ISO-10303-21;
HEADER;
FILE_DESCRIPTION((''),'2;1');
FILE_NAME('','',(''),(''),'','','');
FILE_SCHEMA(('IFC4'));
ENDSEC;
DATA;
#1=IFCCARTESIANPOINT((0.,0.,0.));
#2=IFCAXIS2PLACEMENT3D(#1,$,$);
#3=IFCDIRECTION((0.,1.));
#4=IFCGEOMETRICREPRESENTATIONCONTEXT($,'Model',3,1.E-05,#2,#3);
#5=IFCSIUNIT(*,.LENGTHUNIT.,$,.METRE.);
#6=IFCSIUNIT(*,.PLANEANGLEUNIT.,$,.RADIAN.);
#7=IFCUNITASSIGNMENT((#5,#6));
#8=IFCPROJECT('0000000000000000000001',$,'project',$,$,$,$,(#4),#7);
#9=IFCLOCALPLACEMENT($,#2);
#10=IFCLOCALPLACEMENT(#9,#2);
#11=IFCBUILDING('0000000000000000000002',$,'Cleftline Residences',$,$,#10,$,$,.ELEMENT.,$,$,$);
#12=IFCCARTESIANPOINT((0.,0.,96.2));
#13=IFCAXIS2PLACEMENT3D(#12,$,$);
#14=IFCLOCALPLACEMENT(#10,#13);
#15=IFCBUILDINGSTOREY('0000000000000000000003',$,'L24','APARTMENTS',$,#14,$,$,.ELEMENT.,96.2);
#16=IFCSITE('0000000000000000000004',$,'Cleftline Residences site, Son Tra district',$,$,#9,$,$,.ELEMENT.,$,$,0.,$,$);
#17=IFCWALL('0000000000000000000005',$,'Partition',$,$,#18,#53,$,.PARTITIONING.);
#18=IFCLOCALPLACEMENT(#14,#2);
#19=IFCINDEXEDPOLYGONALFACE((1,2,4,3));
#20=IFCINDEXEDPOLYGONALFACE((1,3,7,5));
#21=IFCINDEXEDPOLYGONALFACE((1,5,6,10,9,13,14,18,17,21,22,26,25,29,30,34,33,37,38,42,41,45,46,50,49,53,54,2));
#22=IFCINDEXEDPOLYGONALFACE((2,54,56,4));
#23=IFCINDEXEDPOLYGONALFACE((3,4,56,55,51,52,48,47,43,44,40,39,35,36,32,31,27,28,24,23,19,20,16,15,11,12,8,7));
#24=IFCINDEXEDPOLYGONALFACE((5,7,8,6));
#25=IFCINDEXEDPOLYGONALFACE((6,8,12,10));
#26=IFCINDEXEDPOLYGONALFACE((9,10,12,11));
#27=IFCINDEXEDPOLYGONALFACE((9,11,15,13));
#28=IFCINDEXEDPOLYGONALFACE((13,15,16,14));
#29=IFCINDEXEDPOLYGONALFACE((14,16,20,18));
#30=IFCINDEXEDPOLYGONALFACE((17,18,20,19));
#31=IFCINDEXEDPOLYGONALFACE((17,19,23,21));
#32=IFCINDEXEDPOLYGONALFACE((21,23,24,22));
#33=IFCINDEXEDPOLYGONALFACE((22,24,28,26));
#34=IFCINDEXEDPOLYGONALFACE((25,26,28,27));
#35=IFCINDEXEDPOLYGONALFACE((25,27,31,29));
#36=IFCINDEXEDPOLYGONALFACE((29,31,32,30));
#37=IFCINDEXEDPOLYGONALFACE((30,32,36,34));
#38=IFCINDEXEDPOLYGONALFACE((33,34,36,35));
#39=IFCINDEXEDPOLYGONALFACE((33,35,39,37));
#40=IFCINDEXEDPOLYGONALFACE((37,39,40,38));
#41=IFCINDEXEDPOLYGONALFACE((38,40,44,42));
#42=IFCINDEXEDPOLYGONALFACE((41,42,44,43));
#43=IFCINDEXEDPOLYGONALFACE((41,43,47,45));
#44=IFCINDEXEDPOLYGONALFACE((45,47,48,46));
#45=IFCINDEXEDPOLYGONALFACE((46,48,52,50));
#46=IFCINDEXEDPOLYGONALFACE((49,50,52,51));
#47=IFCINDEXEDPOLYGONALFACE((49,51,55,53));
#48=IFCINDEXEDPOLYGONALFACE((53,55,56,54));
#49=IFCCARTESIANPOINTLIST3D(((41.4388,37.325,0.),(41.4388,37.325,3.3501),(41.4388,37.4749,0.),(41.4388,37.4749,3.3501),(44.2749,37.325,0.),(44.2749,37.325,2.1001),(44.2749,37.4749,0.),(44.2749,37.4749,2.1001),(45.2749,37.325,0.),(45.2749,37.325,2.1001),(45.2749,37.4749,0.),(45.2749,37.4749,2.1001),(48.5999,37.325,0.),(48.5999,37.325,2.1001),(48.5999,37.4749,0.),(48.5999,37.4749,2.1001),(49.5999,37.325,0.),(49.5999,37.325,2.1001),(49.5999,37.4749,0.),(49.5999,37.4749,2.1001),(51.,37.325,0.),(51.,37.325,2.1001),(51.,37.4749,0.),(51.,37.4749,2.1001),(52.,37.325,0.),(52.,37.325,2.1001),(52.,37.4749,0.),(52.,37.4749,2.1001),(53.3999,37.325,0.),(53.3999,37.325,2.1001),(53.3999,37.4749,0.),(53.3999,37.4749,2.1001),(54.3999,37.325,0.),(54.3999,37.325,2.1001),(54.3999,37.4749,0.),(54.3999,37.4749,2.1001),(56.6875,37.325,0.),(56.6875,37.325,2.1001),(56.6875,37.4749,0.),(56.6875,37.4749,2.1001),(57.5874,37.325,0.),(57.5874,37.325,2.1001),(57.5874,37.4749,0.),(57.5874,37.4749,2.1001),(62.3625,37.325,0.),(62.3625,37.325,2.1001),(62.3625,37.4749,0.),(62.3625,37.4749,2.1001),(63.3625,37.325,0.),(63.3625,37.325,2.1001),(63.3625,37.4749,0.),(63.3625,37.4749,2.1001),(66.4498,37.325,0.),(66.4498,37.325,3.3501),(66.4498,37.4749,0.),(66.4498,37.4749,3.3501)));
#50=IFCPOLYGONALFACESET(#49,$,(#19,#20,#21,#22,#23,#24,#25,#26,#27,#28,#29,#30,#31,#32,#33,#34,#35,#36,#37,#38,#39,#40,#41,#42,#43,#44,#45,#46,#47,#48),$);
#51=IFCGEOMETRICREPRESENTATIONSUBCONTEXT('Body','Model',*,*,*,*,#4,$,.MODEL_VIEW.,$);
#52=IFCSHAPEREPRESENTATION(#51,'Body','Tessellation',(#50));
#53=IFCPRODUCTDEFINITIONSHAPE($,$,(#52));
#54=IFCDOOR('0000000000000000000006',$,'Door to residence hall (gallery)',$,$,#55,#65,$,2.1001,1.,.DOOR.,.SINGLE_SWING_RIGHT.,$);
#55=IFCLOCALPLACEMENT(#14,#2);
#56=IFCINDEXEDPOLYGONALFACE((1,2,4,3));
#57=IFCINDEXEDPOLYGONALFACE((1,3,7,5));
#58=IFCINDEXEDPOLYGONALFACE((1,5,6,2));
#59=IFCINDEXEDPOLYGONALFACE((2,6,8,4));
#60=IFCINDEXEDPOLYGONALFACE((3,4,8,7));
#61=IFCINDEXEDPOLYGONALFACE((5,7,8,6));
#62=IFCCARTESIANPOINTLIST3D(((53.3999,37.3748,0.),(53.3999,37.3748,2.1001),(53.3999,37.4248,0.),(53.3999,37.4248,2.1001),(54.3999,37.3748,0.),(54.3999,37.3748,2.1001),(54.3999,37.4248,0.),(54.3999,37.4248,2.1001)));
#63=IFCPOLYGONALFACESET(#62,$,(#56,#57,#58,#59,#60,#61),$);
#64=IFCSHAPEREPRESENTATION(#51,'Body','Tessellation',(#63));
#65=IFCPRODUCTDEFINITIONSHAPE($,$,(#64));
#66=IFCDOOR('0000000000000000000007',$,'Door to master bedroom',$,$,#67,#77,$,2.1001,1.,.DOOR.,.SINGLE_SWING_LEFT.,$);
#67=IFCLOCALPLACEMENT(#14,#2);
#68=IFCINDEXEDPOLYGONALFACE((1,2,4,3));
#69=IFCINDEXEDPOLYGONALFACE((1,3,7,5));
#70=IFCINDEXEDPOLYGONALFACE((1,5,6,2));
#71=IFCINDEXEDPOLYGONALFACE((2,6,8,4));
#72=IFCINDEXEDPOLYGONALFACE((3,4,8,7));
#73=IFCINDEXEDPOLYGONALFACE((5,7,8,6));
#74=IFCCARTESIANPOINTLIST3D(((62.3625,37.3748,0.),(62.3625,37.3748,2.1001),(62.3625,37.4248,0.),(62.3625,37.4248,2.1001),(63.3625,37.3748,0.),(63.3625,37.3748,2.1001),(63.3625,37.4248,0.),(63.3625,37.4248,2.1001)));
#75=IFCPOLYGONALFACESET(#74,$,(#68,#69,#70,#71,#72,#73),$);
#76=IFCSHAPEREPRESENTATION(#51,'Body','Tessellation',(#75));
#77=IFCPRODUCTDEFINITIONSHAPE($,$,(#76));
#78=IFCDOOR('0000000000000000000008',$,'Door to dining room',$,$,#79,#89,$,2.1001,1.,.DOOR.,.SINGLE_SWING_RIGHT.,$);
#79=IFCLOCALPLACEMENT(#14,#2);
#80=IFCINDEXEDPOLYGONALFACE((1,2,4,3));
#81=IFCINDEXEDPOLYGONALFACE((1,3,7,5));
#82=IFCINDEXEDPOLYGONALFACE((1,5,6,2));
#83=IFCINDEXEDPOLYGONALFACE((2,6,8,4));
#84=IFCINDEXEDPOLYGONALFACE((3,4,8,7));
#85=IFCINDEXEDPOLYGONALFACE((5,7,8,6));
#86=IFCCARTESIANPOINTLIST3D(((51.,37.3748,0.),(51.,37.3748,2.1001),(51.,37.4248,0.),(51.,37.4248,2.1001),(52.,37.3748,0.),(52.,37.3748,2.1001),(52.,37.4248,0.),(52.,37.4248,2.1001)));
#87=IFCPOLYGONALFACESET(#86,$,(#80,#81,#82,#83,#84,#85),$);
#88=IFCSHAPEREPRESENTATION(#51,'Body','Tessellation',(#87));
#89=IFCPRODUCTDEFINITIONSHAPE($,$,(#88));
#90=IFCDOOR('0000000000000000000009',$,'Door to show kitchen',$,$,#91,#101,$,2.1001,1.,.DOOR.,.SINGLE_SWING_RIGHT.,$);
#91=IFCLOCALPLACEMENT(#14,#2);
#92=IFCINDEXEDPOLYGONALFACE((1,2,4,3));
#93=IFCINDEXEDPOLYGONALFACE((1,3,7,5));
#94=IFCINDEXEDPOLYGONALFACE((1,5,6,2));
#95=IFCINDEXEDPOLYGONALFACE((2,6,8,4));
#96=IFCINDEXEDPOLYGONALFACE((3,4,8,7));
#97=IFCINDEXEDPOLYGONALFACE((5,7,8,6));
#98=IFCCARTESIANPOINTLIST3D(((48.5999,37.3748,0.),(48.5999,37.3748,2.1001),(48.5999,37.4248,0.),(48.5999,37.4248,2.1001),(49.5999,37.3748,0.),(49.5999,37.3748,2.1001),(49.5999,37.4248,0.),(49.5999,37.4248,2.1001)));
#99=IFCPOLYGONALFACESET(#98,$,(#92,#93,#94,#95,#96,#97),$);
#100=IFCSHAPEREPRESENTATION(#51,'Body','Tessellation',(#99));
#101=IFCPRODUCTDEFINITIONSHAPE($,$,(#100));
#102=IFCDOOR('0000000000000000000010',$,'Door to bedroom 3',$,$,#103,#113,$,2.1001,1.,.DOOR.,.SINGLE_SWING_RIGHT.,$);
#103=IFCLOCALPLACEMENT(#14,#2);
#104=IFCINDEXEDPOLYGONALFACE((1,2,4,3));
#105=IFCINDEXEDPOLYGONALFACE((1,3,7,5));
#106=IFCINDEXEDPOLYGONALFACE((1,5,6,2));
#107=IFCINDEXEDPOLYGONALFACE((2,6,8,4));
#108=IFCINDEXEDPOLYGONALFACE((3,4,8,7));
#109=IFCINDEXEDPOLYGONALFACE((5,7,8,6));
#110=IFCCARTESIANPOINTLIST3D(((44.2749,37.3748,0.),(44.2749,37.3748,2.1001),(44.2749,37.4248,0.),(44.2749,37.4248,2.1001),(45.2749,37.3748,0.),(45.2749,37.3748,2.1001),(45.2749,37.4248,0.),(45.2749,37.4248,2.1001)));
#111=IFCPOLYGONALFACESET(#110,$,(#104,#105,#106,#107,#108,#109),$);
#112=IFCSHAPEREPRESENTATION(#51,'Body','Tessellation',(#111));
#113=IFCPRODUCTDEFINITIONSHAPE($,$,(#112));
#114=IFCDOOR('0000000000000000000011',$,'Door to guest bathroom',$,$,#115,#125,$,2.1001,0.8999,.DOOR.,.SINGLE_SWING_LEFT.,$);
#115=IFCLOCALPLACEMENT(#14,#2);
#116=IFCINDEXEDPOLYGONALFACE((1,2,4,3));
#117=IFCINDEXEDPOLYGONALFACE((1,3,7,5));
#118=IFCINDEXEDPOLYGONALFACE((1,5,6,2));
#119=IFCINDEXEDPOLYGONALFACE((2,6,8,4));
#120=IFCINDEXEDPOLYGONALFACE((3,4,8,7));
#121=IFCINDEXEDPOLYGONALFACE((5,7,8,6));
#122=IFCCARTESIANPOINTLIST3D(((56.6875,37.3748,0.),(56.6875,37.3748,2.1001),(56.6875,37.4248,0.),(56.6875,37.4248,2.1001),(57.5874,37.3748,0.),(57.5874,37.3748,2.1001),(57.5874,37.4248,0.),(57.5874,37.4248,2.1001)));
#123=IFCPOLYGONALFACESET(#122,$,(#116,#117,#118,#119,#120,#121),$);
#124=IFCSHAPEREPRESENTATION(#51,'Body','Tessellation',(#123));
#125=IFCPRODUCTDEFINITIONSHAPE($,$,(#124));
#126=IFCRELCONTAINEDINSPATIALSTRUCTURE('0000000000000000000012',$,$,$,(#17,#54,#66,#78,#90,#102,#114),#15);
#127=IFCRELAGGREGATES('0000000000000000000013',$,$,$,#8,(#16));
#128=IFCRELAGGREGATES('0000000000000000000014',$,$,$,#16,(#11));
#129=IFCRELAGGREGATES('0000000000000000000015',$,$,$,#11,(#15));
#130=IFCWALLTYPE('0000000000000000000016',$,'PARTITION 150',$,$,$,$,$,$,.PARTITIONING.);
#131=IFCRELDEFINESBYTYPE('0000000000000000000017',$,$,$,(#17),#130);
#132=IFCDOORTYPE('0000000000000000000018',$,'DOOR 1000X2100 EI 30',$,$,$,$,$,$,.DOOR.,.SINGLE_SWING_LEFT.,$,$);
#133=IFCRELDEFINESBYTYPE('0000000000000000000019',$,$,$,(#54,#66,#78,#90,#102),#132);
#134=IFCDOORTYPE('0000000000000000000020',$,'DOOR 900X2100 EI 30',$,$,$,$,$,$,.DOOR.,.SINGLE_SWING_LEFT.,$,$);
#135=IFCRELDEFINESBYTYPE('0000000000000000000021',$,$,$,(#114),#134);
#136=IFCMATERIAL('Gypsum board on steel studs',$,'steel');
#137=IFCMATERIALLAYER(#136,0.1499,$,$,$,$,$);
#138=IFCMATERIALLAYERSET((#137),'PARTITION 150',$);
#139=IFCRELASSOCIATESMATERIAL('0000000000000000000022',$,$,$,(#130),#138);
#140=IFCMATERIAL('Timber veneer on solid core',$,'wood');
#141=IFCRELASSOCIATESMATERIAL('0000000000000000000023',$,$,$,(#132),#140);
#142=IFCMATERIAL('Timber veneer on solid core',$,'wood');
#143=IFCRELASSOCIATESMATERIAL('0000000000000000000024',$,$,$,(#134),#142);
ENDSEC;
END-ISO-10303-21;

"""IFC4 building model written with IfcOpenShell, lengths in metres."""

from ifc_helpers import new_model, si_unit, direction, frame, frame_2d, origin, place, context, subcontext, project, spatial, rectangle, extrude, material, layer, layer_set, type_object, element, fill, save


model = new_model("IFC4")

# Units and contexts
model_context = context("Model", 3, precision=1e-05, world=origin(), true_north=direction((0.0, 1.0)))
body_context = subcontext(model_context, "Body", "Model", "MODEL_VIEW")
ifc_project = project(units=[si_unit("LENGTHUNIT", "METRE"), si_unit("PLANEANGLEUNIT", "RADIAN")], contexts=[model_context])

# Site, building, storey
site_placement = place(None, origin())
site = spatial("IfcSite", under=ifc_project, at=site_placement, Name="Cleftline Residences site, Son Tra district", CompositionType="ELEMENT", RefElevation=0.0)
building_placement = place(site_placement, origin())
building = spatial("IfcBuilding", under=site, at=building_placement, Name="Cleftline Residences", CompositionType="ELEMENT")
storey_placement = place(building_placement, frame((0.0, 0.0, 96.2)))
storey = spatial("IfcBuildingStorey", under=building, at=storey_placement, Name="L24", Description="APARTMENTS", CompositionType="ELEMENT", Elevation=96.2)

# Wall, openings, doors
ifc_material_1 = material(Name="Gypsum board on steel studs", Category="steel")
ifc_layer_1 = layer(ifc_material_1, 0.1499)
ifc_layer_set_1 = layer_set([ifc_layer_1], Name="PARTITION 150")
wall_type = type_object("IfcWallType", Name="PARTITION 150", PredefinedType="PARTITIONING", material=ifc_layer_set_1)
wall_1_placement = place(storey_placement, frame((41.439, 37.3999, 0.0), z_axis=(0.0, 0.0, 1.0), x_axis=(1.0, 0.0, 0.0)))
wall_1 = element("IfcWall", 1, at=wall_1_placement, inside=storey, type_object=wall_type, Name="Partition", PredefinedType="PARTITIONING", context=body_context, shape_type="SweptSolid", body=[
    extrude(rectangle(XDim=25.011, YDim=0.1499, at=frame_2d((12.5054, 0.0))), origin(), (0.0, 0.0, 1.0), 3.3501),
])
opening_1_placement = place(wall_1_placement, frame((11.9609, 0.0, 0.0)))
opening_1 = element("IfcOpeningElement", 2, at=opening_1_placement, cuts=wall_1, PredefinedType="OPENING", context=body_context, shape_type="SweptSolid", body=[
    extrude(rectangle(XDim=1.0, YDim=2.1001, at=frame_2d((0.5, 1.05))), frame((0.0, 0.085, 0.0), z_axis=(0.0, -1.0, 0.0), x_axis=(1.0, 0.0, 0.0)), (0.0, 0.0, 1.0), 0.1699),
])
opening_2_placement = place(wall_1_placement, frame((20.9236, 0.0, 0.0)))
opening_2 = element("IfcOpeningElement", 3, at=opening_2_placement, cuts=wall_1, PredefinedType="OPENING", context=body_context, shape_type="SweptSolid", body=[
    extrude(rectangle(XDim=1.0, YDim=2.1001, at=frame_2d((0.5, 1.05))), frame((0.0, 0.085, 0.0), z_axis=(0.0, -1.0, 0.0), x_axis=(1.0, 0.0, 0.0)), (0.0, 0.0, 1.0), 0.1699),
])
opening_3_placement = place(wall_1_placement, frame((15.2485, 0.0, 0.0)))
opening_3 = element("IfcOpeningElement", 4, at=opening_3_placement, cuts=wall_1, PredefinedType="OPENING", context=body_context, shape_type="SweptSolid", body=[
    extrude(rectangle(XDim=0.8999, YDim=2.1001, at=frame_2d((0.45, 1.05))), frame((0.0, 0.085, 0.0), z_axis=(0.0, -1.0, 0.0), x_axis=(1.0, 0.0, 0.0)), (0.0, 0.0, 1.0), 0.1699),
])
opening_4_placement = place(wall_1_placement, frame((9.561, 0.0, 0.0)))
opening_4 = element("IfcOpeningElement", 5, at=opening_4_placement, cuts=wall_1, PredefinedType="OPENING", context=body_context, shape_type="SweptSolid", body=[
    extrude(rectangle(XDim=1.0, YDim=2.1001, at=frame_2d((0.5, 1.05))), frame((0.0, 0.085, 0.0), z_axis=(0.0, -1.0, 0.0), x_axis=(1.0, 0.0, 0.0)), (0.0, 0.0, 1.0), 0.1699),
])
opening_5_placement = place(wall_1_placement, frame((7.1609, 0.0, 0.0)))
opening_5 = element("IfcOpeningElement", 6, at=opening_5_placement, cuts=wall_1, PredefinedType="OPENING", context=body_context, shape_type="SweptSolid", body=[
    extrude(rectangle(XDim=1.0, YDim=2.1001, at=frame_2d((0.5, 1.05))), frame((0.0, 0.085, 0.0), z_axis=(0.0, -1.0, 0.0), x_axis=(1.0, 0.0, 0.0)), (0.0, 0.0, 1.0), 0.1699),
])
opening_6_placement = place(wall_1_placement, frame((2.8359, 0.0, 0.0)))
opening_6 = element("IfcOpeningElement", 7, at=opening_6_placement, cuts=wall_1, PredefinedType="OPENING", context=body_context, shape_type="SweptSolid", body=[
    extrude(rectangle(XDim=1.0, YDim=2.1001, at=frame_2d((0.5, 1.05))), frame((0.0, 0.085, 0.0), z_axis=(0.0, -1.0, 0.0), x_axis=(1.0, 0.0, 0.0)), (0.0, 0.0, 1.0), 0.1699),
])
ifc_material_2 = material(Name="Timber veneer on solid core", Category="wood")
door_type_1 = type_object("IfcDoorType", Name="DOOR 1000X2100 EI 30", OperationType="SINGLE_SWING_LEFT", PredefinedType="DOOR", material=ifc_material_2)
door_1_placement = place(opening_1_placement, origin())
door_1 = element("IfcDoor", 8, at=door_1_placement, inside=storey, type_object=door_type_1, Name="Door to residence hall (gallery)", OperationType="SINGLE_SWING_RIGHT", OverallHeight=2.1001, OverallWidth=1.0, PredefinedType="DOOR", context=body_context, shape_type="SweptSolid", body=[
    extrude(rectangle(XDim=1.0, YDim=2.1001, at=frame_2d((0.5, 1.05))), frame((0.0, 0.0249, 0.0), z_axis=(0.0, -1.0, 0.0), x_axis=(1.0, 0.0, 0.0)), (0.0, 0.0, 1.0), 0.05),
])
fill(opening_1, door_1)
door_2_placement = place(opening_2_placement, origin())
door_2 = element("IfcDoor", 9, at=door_2_placement, inside=storey, type_object=door_type_1, Name="Door to master bedroom", OperationType="SINGLE_SWING_LEFT", OverallHeight=2.1001, OverallWidth=1.0, PredefinedType="DOOR", context=body_context, shape_type="SweptSolid", body=[
    extrude(rectangle(XDim=1.0, YDim=2.1001, at=frame_2d((0.5, 1.05))), frame((0.0, 0.0249, 0.0), z_axis=(0.0, -1.0, 0.0), x_axis=(1.0, 0.0, 0.0)), (0.0, 0.0, 1.0), 0.05),
])
fill(opening_2, door_2)
door_3_placement = place(opening_4_placement, origin())
door_3 = element("IfcDoor", 10, at=door_3_placement, inside=storey, type_object=door_type_1, Name="Door to dining room", OperationType="SINGLE_SWING_RIGHT", OverallHeight=2.1001, OverallWidth=1.0, PredefinedType="DOOR", context=body_context, shape_type="SweptSolid", body=[
    extrude(rectangle(XDim=1.0, YDim=2.1001, at=frame_2d((0.5, 1.05))), frame((0.0, 0.0249, 0.0), z_axis=(0.0, -1.0, 0.0), x_axis=(1.0, 0.0, 0.0)), (0.0, 0.0, 1.0), 0.05),
])
fill(opening_4, door_3)
door_4_placement = place(opening_5_placement, origin())
door_4 = element("IfcDoor", 11, at=door_4_placement, inside=storey, type_object=door_type_1, Name="Door to show kitchen", OperationType="SINGLE_SWING_RIGHT", OverallHeight=2.1001, OverallWidth=1.0, PredefinedType="DOOR", context=body_context, shape_type="SweptSolid", body=[
    extrude(rectangle(XDim=1.0, YDim=2.1001, at=frame_2d((0.5, 1.05))), frame((0.0, 0.0249, 0.0), z_axis=(0.0, -1.0, 0.0), x_axis=(1.0, 0.0, 0.0)), (0.0, 0.0, 1.0), 0.05),
])
fill(opening_5, door_4)
door_5_placement = place(opening_6_placement, origin())
door_5 = element("IfcDoor", 12, at=door_5_placement, inside=storey, type_object=door_type_1, Name="Door to bedroom 3", OperationType="SINGLE_SWING_RIGHT", OverallHeight=2.1001, OverallWidth=1.0, PredefinedType="DOOR", context=body_context, shape_type="SweptSolid", body=[
    extrude(rectangle(XDim=1.0, YDim=2.1001, at=frame_2d((0.5, 1.05))), frame((0.0, 0.0249, 0.0), z_axis=(0.0, -1.0, 0.0), x_axis=(1.0, 0.0, 0.0)), (0.0, 0.0, 1.0), 0.05),
])
fill(opening_6, door_5)
ifc_material_3 = material(Name="Timber veneer on solid core", Category="wood")
door_type_2 = type_object("IfcDoorType", Name="DOOR 900X2100 EI 30", OperationType="SINGLE_SWING_LEFT", PredefinedType="DOOR", material=ifc_material_3)
door_6_placement = place(opening_3_placement, origin())
door_6 = element("IfcDoor", 13, at=door_6_placement, inside=storey, type_object=door_type_2, Name="Door to guest bathroom", OperationType="SINGLE_SWING_LEFT", OverallHeight=2.1001, OverallWidth=0.8999, PredefinedType="DOOR", context=body_context, shape_type="SweptSolid", body=[
    extrude(rectangle(XDim=0.8999, YDim=2.1001, at=frame_2d((0.45, 1.05))), frame((0.0, 0.0249, 0.0), z_axis=(0.0, -1.0, 0.0), x_axis=(1.0, 0.0, 0.0)), (0.0, 0.0, 1.0), 0.05),
])
fill(opening_3, door_6)

save(model, "model.ifc")
